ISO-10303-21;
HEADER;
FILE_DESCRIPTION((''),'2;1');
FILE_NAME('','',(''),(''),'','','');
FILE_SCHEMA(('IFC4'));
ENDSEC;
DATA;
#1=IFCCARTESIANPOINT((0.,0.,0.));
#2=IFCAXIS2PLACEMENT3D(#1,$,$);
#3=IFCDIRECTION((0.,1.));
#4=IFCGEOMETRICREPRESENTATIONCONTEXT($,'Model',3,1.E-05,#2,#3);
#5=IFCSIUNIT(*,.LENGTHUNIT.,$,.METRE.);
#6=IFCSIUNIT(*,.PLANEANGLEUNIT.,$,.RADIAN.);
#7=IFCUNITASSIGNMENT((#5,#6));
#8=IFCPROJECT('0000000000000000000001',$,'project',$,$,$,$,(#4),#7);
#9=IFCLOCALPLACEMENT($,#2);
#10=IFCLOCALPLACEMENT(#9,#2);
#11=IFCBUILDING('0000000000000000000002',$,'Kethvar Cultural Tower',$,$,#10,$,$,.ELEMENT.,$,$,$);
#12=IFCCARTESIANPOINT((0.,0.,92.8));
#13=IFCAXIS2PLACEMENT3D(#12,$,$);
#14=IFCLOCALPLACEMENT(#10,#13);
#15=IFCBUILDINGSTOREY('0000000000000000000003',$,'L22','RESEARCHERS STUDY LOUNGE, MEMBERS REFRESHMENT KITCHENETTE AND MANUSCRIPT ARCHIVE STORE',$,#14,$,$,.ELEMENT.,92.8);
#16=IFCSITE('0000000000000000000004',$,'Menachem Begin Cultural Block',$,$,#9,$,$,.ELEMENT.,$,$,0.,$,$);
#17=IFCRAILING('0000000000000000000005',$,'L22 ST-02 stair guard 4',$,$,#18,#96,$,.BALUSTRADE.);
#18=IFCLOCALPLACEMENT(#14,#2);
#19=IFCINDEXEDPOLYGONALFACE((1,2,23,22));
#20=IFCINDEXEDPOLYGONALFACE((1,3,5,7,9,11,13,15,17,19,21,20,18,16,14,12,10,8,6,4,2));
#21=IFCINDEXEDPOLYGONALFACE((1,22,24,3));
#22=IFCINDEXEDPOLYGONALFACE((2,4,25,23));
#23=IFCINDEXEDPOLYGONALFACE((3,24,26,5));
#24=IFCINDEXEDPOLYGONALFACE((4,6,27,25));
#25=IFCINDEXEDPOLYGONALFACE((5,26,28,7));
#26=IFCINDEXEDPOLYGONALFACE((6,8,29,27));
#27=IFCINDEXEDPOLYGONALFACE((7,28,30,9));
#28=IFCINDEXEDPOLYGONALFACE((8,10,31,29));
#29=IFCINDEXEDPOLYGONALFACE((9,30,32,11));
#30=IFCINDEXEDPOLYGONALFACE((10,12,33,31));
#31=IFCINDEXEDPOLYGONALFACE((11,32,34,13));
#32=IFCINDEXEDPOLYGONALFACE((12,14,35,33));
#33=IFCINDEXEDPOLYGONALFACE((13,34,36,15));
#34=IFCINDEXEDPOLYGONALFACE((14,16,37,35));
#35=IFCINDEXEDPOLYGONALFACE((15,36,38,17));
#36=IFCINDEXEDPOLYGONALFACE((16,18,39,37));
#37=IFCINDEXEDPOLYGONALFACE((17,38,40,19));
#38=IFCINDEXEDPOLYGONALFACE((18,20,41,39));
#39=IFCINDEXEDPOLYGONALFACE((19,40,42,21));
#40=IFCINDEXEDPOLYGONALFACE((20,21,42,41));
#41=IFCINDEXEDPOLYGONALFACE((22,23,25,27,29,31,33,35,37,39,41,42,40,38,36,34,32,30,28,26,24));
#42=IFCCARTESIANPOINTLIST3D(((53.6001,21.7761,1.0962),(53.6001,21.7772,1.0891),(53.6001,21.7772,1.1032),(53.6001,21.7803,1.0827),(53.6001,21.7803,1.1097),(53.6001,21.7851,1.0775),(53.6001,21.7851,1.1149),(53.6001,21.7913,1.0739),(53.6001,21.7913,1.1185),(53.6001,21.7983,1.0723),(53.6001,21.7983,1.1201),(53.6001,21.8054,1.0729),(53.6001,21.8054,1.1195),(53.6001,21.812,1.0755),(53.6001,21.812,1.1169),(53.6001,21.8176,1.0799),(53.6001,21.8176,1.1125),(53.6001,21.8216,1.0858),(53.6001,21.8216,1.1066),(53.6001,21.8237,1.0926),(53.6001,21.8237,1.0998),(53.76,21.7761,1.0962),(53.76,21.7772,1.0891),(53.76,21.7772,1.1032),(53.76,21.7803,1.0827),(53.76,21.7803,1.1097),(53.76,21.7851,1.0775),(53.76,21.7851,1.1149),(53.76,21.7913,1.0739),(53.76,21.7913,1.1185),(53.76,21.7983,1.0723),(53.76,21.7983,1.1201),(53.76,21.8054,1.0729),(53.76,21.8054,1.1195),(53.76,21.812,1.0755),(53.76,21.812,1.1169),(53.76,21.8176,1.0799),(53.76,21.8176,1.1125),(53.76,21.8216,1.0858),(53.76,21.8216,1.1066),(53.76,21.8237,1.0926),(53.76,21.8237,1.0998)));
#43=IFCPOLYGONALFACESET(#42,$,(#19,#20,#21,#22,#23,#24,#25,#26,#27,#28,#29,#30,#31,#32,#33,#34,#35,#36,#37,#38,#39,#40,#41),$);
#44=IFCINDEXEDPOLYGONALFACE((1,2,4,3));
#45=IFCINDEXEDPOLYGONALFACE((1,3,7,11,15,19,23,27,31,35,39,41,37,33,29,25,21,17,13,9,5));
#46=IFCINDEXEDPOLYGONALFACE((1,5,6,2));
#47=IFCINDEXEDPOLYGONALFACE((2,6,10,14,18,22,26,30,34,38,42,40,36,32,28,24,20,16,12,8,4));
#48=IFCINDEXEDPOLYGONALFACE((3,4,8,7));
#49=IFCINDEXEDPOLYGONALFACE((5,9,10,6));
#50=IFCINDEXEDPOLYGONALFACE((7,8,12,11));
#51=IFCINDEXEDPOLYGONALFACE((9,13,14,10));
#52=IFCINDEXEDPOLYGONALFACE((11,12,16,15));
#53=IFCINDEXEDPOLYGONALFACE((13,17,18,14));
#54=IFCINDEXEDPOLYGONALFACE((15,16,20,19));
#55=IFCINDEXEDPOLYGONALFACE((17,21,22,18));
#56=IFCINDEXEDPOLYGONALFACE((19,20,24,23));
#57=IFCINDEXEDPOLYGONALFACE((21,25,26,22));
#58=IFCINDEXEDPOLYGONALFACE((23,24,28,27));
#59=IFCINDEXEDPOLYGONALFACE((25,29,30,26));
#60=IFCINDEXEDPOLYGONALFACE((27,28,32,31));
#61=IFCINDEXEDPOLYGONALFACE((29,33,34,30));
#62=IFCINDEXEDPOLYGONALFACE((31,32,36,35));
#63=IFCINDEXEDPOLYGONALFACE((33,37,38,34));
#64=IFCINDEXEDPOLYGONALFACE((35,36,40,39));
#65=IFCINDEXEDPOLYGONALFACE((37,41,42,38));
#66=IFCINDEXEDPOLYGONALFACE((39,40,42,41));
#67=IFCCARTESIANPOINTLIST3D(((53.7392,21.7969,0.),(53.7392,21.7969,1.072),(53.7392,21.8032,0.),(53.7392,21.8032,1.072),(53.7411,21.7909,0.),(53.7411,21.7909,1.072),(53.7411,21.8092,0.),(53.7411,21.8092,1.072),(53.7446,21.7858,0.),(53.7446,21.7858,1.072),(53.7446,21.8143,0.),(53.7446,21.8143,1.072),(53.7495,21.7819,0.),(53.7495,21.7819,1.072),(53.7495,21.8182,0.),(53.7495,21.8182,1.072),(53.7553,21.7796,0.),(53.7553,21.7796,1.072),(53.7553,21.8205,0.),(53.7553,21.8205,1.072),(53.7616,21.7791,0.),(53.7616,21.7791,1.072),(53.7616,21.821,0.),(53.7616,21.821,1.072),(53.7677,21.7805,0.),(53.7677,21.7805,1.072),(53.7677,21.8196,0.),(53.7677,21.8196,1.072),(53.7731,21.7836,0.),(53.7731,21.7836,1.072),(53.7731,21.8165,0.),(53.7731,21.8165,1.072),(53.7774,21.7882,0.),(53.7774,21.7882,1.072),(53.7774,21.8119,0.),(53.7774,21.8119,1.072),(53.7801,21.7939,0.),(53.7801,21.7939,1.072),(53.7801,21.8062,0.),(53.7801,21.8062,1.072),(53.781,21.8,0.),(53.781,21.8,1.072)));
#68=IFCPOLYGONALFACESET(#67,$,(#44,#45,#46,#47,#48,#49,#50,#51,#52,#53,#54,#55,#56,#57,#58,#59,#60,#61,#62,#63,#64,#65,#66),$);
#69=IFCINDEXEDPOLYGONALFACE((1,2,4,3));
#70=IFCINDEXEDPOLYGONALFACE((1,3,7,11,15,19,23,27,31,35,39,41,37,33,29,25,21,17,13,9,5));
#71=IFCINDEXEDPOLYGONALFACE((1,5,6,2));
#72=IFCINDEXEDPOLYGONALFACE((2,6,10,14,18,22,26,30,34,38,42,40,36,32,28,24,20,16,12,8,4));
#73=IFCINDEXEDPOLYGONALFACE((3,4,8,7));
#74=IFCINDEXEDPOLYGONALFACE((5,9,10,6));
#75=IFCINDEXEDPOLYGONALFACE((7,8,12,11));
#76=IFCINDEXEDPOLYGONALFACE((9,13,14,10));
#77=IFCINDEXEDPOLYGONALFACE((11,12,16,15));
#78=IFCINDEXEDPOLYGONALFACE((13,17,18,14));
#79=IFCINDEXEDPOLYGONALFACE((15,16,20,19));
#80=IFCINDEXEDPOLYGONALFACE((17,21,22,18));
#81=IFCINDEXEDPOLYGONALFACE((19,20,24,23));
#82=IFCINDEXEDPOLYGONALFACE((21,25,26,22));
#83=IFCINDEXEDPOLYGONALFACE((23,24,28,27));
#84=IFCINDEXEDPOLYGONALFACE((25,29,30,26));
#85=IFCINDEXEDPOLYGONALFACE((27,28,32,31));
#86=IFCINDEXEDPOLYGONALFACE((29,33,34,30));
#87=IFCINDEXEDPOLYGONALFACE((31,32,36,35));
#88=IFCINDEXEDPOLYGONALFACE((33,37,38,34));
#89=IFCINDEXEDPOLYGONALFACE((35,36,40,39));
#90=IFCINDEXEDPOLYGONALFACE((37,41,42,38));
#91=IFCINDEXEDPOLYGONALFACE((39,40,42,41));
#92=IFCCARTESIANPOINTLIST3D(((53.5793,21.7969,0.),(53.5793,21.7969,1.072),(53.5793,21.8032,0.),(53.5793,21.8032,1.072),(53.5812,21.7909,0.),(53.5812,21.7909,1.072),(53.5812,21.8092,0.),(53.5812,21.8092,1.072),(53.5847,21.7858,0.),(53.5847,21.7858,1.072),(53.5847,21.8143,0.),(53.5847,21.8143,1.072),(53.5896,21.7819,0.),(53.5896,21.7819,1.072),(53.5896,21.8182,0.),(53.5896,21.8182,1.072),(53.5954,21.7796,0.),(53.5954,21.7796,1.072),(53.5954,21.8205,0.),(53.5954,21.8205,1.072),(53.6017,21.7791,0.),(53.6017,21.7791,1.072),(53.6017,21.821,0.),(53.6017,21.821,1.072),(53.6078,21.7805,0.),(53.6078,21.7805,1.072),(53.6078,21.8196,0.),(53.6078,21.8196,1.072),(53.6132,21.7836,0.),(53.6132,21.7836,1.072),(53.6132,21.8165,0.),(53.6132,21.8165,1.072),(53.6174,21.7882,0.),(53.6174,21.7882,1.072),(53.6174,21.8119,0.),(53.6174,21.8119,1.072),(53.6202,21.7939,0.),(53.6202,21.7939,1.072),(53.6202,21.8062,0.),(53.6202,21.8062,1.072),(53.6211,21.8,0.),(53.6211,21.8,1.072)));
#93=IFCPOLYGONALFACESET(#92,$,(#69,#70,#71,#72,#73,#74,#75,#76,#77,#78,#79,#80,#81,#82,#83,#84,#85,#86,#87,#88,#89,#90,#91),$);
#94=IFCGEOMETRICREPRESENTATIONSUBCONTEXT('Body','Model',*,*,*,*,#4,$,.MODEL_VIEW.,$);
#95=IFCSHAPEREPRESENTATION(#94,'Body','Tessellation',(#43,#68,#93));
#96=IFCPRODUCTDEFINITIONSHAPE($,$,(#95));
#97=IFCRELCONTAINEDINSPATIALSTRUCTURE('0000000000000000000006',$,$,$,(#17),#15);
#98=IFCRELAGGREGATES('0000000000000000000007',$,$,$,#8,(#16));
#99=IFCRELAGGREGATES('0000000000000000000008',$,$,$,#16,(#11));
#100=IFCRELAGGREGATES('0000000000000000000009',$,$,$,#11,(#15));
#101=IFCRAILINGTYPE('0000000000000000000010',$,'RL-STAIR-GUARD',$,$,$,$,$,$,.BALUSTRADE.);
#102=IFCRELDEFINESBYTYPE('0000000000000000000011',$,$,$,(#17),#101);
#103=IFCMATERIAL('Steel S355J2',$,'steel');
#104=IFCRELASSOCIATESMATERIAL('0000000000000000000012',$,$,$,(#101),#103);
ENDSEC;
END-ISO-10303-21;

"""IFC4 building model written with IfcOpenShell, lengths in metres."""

from ifc_helpers import new_model, si_unit, direction, frame, origin, origin_2d, place, context, subcontext, project, spatial, circle, extrude, material, type_object, element, save


model = new_model("IFC4")

# Units and contexts
model_context = context("Model", 3, precision=1e-05, world=origin(), true_north=direction((0.0, 1.0)))
body_context = subcontext(model_context, "Body", "Model", "MODEL_VIEW")
ifc_project = project(units=[si_unit("LENGTHUNIT", "METRE"), si_unit("PLANEANGLEUNIT", "RADIAN")], contexts=[model_context])

# Site, building, storey
site_placement = place(None, origin())
site = spatial("IfcSite", under=ifc_project, at=site_placement, Name="Menachem Begin Cultural Block", CompositionType="ELEMENT", RefElevation=0.0)
building_placement = place(site_placement, origin())
building = spatial("IfcBuilding", under=site, at=building_placement, Name="Kethvar Cultural Tower", CompositionType="ELEMENT")
storey_placement = place(building_placement, frame((0.0, 0.0, 92.8)))
storey = spatial("IfcBuildingStorey", under=building, at=storey_placement, Name="L22", Description="RESEARCHERS STUDY LOUNGE, MEMBERS REFRESHMENT KITCHENETTE AND MANUSCRIPT ARCHIVE STORE", CompositionType="ELEMENT", Elevation=92.8)

# Shared definitions
ifc_material_1 = material(Name="Steel S355J2", Category="steel")

# Railing
railing_type_1 = type_object("IfcRailingType", Name="RL-STAIR-GUARD", PredefinedType="BALUSTRADE", material=ifc_material_1)
railing_1_placement = place(storey_placement, frame((53.76, 21.8, 0.0)))
element("IfcRailing", 1, at=railing_1_placement, inside=storey, type_object=railing_type_1, Name="L22 ST-02 stair guard 4", PredefinedType="BALUSTRADE", context=body_context, shape_type="SweptSolid", body=[
    extrude(circle(Radius=0.0239, at=origin_2d()), frame((0.0, 0.0, 1.0962), z_axis=(-1.0, 0.0, 0.0), x_axis=(0.0, -1.0, 0.0)), (0.0, 0.0, 1.0), 0.1599),
    extrude(circle(Radius=0.021, at=origin_2d()), origin(), (0.0, 0.0, 1.0), 1.072),
    extrude(circle(Radius=0.021, at=origin_2d()), frame((-0.1599, 0.0, 0.0)), (0.0, 0.0, 1.0), 1.072),
])

save(model, "model.ifc")
